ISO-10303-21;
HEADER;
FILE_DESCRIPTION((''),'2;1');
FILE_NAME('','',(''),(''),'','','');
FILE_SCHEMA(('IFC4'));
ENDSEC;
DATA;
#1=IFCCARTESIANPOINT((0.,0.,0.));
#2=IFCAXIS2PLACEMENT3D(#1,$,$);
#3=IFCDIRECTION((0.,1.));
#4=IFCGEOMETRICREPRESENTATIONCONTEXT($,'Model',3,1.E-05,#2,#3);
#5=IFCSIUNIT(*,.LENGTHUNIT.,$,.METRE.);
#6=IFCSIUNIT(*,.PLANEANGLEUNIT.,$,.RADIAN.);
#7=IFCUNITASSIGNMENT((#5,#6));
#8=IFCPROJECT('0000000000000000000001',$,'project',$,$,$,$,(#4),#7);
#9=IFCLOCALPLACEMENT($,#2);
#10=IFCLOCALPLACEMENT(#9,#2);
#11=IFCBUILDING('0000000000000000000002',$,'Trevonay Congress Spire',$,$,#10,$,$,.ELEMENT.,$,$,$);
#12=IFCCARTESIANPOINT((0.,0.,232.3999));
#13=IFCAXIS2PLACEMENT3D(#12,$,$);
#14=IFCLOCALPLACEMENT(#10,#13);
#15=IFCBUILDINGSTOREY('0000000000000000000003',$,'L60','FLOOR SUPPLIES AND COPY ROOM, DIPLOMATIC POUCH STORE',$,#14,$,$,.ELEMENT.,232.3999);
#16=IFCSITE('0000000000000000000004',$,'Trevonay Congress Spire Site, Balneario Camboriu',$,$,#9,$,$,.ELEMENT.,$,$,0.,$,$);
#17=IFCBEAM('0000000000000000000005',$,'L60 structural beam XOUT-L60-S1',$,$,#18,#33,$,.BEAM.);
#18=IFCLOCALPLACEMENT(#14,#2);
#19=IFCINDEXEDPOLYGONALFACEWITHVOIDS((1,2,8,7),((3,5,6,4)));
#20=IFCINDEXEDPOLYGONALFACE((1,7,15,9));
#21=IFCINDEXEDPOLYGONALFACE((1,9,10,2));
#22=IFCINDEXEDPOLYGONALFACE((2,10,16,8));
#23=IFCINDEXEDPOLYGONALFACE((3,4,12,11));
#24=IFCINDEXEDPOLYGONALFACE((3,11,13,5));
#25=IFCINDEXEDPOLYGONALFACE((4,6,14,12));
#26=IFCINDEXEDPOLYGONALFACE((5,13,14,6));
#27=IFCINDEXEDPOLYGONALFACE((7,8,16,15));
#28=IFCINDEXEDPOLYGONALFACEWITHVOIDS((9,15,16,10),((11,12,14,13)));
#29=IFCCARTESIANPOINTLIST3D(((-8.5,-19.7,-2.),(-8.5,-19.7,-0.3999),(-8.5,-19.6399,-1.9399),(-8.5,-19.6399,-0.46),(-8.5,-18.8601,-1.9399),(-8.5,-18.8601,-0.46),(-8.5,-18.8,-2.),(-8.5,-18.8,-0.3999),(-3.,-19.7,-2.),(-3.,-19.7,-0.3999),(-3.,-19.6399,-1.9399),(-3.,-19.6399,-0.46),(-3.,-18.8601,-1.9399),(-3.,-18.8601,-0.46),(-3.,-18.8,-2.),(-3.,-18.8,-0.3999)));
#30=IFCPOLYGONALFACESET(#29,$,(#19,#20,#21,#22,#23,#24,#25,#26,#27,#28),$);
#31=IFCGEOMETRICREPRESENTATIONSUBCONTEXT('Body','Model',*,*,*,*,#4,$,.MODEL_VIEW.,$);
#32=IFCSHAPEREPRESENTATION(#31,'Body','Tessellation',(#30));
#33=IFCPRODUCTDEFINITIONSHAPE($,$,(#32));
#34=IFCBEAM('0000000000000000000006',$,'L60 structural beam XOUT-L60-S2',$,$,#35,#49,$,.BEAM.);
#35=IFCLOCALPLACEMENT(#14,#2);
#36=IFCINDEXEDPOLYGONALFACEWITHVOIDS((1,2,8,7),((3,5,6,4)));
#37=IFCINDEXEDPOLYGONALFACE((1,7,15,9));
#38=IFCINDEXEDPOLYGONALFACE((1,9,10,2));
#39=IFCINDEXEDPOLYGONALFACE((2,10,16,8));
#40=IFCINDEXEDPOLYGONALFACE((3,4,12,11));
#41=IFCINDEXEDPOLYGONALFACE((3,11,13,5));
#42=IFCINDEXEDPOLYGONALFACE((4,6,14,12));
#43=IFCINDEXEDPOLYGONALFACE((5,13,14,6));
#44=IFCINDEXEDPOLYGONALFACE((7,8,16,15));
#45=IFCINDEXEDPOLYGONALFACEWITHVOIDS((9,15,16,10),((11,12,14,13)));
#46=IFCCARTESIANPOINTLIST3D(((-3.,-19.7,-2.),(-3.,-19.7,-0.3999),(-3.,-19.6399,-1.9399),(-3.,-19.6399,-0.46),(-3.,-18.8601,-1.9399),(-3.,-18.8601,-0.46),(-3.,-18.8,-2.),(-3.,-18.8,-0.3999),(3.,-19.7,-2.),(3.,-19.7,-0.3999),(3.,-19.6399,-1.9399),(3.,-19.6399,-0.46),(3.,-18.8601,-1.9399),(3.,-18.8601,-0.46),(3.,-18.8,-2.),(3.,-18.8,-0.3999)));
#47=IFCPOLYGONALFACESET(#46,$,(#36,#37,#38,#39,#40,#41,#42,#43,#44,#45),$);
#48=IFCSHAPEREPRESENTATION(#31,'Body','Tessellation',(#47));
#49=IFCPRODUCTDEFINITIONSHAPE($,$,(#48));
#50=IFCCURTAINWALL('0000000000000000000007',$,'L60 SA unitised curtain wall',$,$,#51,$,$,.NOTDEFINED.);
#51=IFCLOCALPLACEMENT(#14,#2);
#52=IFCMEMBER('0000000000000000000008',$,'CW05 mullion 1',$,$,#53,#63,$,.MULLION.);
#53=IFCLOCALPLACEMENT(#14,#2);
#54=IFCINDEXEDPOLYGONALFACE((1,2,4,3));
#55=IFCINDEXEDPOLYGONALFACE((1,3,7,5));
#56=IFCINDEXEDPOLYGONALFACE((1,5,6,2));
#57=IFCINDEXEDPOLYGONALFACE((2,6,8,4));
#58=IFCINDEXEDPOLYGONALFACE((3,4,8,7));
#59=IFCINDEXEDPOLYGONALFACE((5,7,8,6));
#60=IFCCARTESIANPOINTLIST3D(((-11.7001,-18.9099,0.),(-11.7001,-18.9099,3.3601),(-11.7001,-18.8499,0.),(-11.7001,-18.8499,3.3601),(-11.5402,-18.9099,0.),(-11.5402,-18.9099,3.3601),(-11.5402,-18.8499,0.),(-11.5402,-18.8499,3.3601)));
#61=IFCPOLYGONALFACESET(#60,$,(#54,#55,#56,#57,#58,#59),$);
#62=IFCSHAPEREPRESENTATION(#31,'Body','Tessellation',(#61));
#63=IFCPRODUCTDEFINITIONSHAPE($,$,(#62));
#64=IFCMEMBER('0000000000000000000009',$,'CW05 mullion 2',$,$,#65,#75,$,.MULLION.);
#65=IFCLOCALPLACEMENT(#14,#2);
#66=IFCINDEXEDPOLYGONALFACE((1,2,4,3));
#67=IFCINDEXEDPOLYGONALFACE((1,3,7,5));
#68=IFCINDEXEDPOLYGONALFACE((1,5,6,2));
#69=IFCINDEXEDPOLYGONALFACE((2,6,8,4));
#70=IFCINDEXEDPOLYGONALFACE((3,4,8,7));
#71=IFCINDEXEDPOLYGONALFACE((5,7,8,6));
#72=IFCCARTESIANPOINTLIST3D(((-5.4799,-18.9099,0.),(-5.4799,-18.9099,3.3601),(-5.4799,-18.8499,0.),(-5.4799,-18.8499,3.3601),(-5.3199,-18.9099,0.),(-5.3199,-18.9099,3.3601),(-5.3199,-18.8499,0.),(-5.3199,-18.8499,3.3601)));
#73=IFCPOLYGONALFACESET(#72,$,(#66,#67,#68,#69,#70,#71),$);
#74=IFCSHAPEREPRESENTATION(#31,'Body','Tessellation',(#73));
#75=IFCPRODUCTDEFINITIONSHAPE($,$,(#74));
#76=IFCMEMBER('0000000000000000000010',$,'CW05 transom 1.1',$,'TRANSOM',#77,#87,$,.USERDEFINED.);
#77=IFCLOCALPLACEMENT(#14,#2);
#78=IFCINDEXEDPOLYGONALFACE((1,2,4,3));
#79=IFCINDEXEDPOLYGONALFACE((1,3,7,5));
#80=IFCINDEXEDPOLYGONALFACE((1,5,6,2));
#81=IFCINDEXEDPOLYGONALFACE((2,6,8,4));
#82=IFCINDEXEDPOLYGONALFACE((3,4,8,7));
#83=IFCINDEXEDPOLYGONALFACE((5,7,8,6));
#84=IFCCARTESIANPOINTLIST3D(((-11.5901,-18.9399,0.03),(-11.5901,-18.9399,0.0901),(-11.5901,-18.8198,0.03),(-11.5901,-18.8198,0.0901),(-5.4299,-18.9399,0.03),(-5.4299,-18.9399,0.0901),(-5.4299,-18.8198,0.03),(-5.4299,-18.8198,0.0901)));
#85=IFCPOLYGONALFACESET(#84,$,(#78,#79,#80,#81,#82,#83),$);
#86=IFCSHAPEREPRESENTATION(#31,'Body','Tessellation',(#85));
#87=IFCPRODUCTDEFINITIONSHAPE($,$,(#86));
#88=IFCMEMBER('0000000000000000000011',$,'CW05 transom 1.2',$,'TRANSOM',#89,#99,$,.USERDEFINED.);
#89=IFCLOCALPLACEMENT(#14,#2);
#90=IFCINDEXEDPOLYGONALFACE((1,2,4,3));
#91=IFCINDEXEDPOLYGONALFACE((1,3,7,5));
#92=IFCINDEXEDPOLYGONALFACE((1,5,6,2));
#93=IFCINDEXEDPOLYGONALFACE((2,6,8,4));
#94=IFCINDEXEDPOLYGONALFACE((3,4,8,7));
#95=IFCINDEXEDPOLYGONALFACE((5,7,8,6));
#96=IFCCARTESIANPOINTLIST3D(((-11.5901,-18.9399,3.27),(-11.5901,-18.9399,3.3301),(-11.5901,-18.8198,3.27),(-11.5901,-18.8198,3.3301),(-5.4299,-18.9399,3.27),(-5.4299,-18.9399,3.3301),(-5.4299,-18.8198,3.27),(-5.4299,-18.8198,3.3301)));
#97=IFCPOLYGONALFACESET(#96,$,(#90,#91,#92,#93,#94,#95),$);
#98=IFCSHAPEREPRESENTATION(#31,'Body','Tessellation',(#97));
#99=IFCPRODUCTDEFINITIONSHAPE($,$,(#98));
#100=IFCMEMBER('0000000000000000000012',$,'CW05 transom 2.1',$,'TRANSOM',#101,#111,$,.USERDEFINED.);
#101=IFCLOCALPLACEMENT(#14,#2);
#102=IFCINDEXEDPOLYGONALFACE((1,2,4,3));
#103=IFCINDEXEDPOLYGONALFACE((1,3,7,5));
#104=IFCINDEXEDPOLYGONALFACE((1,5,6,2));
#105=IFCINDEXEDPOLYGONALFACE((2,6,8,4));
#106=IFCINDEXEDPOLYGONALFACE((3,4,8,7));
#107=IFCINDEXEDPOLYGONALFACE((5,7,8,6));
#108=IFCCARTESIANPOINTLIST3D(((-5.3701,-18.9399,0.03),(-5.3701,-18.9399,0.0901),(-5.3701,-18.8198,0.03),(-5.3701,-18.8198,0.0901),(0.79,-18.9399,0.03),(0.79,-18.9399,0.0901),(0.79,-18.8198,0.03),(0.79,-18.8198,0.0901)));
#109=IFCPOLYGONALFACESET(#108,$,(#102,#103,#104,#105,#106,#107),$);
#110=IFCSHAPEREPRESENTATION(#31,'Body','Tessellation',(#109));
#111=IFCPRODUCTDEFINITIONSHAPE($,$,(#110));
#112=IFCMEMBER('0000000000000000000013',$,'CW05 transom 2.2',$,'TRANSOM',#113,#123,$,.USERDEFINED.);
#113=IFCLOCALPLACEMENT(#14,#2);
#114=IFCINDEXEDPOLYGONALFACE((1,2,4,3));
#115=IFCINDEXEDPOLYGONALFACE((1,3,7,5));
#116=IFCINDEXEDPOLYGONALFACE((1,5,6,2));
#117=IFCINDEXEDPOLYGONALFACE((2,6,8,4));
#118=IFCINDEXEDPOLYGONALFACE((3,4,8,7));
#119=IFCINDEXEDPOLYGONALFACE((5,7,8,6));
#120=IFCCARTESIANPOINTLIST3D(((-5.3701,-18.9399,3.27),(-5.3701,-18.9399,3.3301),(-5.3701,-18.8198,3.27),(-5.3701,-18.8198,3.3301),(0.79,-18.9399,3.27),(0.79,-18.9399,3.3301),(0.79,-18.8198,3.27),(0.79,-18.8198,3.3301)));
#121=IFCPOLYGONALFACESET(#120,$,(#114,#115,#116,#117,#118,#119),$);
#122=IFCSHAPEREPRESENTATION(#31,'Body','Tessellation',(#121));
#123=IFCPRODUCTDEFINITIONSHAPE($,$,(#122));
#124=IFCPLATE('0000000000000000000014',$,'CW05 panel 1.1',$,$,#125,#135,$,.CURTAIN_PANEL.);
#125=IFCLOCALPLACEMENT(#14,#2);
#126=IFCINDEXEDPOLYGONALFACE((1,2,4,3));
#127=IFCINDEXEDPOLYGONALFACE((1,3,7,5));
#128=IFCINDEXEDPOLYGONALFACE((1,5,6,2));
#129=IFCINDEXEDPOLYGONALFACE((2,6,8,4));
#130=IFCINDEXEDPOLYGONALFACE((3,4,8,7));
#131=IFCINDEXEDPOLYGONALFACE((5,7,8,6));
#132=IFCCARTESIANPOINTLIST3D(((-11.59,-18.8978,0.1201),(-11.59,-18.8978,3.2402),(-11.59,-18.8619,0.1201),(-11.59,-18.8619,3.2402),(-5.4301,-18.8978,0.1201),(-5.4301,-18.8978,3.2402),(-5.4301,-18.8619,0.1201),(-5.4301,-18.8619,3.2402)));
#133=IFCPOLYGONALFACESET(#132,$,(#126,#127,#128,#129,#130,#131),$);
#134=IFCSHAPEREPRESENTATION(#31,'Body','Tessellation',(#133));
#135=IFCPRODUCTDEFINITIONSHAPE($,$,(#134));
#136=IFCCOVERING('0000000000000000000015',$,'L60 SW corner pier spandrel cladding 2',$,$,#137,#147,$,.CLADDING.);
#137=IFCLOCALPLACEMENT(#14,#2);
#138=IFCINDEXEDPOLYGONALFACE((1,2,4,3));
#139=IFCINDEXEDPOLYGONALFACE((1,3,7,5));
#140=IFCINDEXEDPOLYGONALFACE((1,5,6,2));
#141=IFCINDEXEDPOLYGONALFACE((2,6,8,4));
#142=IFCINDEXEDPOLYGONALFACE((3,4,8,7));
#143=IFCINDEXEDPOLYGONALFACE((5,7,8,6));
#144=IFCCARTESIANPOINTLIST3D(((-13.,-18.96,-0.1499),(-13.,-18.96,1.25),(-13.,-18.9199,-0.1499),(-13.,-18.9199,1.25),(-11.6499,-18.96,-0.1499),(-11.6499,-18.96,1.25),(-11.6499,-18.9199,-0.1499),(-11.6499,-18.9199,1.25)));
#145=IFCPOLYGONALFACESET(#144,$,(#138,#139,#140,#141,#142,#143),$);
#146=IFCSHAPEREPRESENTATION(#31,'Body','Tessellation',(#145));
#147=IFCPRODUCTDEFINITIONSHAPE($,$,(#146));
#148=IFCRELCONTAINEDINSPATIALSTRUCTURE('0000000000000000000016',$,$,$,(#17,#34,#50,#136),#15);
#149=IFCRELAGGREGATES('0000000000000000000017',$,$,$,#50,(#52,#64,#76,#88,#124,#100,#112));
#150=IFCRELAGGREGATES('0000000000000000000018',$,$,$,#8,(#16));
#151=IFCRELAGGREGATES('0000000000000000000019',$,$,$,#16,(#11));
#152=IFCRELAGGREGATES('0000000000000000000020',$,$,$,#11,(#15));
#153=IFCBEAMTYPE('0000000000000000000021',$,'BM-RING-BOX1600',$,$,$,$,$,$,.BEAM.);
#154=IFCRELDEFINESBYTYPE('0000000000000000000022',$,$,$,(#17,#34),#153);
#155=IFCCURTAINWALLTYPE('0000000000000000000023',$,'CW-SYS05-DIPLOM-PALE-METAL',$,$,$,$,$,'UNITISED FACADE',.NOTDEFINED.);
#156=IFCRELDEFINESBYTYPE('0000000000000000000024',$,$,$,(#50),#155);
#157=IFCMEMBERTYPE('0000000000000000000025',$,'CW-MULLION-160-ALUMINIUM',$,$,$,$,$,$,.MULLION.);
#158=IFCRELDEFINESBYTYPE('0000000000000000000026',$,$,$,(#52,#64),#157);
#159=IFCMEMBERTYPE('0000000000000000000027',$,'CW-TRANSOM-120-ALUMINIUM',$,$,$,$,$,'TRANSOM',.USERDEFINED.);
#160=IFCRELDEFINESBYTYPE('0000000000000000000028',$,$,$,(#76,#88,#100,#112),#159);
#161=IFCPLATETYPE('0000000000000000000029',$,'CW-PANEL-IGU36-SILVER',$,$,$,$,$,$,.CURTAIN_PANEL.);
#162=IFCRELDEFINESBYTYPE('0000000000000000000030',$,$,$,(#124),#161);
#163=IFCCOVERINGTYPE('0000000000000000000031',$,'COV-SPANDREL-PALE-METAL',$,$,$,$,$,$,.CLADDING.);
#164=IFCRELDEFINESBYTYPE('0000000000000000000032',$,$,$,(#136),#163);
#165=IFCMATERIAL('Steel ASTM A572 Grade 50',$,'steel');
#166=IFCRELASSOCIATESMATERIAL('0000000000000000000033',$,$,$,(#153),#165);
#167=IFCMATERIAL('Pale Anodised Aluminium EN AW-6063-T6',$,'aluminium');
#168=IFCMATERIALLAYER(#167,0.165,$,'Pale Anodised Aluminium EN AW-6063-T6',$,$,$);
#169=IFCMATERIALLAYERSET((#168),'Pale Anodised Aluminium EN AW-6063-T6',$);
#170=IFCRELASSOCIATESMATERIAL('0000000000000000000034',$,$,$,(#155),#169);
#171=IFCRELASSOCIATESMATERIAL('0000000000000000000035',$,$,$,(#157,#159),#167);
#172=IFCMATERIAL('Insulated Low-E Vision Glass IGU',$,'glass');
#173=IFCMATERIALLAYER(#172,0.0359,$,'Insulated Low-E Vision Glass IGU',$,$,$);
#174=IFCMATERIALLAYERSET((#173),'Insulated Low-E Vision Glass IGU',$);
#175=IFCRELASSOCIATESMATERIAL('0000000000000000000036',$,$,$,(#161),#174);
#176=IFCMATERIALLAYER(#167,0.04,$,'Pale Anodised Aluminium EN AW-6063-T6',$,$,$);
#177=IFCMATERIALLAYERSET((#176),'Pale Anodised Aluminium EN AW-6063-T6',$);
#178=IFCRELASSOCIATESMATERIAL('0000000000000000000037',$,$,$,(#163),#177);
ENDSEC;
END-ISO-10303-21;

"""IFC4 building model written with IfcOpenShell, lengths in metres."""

from ifc_helpers import new_model, si_unit, direction, frame, frame_2d, origin, origin_2d, place, context, subcontext, project, spatial, rectangle, hollow_rectangle, extrude, material, layer, layer_set, material_profile, profile_set, type_object, element, aggregate, save


model = new_model("IFC4")

# Units and contexts
model_context = context("Model", 3, precision=1e-05, world=origin(), true_north=direction((0.0, 1.0)))
body_context = subcontext(model_context, "Body", "Model", "MODEL_VIEW")
ifc_project = project(units=[si_unit("LENGTHUNIT", "METRE"), si_unit("PLANEANGLEUNIT", "RADIAN")], contexts=[model_context])

# Site, building, storey
site_placement = place(None, origin())
site = spatial("IfcSite", under=ifc_project, at=site_placement, Name="Trevonay Congress Spire Site, Balneario Camboriu", CompositionType="ELEMENT", RefElevation=0.0)
building_placement = place(site_placement, origin())
building = spatial("IfcBuilding", under=site, at=building_placement, Name="Trevonay Congress Spire", CompositionType="ELEMENT")
storey_placement = place(building_placement, frame((0.0, 0.0, 232.3999)))
storey = spatial("IfcBuildingStorey", under=building, at=storey_placement, Name="L60", Description="FLOOR SUPPLIES AND COPY ROOM, DIPLOMATIC POUCH STORE", CompositionType="ELEMENT", Elevation=232.3999)

# Beams
ifc_material_1 = material(Name="Steel ASTM A572 Grade 50", Category="steel")
ifc_material_profile_1 = material_profile(ifc_material_1, hollow_rectangle(XDim=0.8999, YDim=1.6001, WallThickness=0.0601, at=origin_2d()), Name="BOX 1600x900x60")
ifc_profile_set_1 = profile_set([ifc_material_profile_1], Name="Steel ASTM A572 Grade 50")
beam_type = type_object("IfcBeamType", Name="BM-RING-BOX1600", PredefinedType="BEAM", material=ifc_profile_set_1)
beam_1_placement = place(storey_placement, frame((-8.5, -19.25, -1.2), z_axis=(1.0, 0.0, 0.0), x_axis=(0.0, 1.0, 0.0)))
element("IfcBeam", 1, at=beam_1_placement, inside=storey, type_object=beam_type, Name="L60 structural beam XOUT-L60-S1", PredefinedType="BEAM", context=body_context, shape_type="SweptSolid", body=[
    extrude(hollow_rectangle(XDim=0.8999, YDim=1.6001, WallThickness=0.0601, at=origin_2d()), origin(), (0.0, 0.0, 1.0), 5.5),
])
beam_2_placement = place(storey_placement, frame((-3.0, -19.25, -1.2), z_axis=(1.0, 0.0, 0.0), x_axis=(0.0, 1.0, 0.0)))
element("IfcBeam", 2, at=beam_2_placement, inside=storey, type_object=beam_type, Name="L60 structural beam XOUT-L60-S2", PredefinedType="BEAM", context=body_context, shape_type="SweptSolid", body=[
    extrude(hollow_rectangle(XDim=0.8999, YDim=1.6001, WallThickness=0.0601, at=origin_2d()), origin(), (0.0, 0.0, 1.0), 6.0),
])

# Curtain wall, members, plate
ifc_material_2 = material(Name="Pale Anodised Aluminium EN AW-6063-T6", Category="aluminium")
ifc_layer_1 = layer(ifc_material_2, 0.165, Name="Pale Anodised Aluminium EN AW-6063-T6")
ifc_layer_set_1 = layer_set([ifc_layer_1], Name="Pale Anodised Aluminium EN AW-6063-T6")
curtain_wall_type = type_object("IfcCurtainWallType", Name="CW-SYS05-DIPLOM-PALE-METAL", ElementType="UNITISED FACADE", PredefinedType="NOTDEFINED", material=ifc_layer_set_1)
curtain_wall_placement = place(storey_placement, origin())
curtain_wall = element("IfcCurtainWall", 3, at=curtain_wall_placement, inside=storey, type_object=curtain_wall_type, Name="L60 SA unitised curtain wall", PredefinedType="NOTDEFINED")
ifc_material_profile_2 = material_profile(ifc_material_2, rectangle(XDim=0.0601, YDim=0.1599, at=origin_2d()), Name="CW-MULLION-160-ALUMINIUM")
ifc_profile_set_2 = profile_set([ifc_material_profile_2], Name="Pale Anodised Aluminium EN AW-6063-T6")
member_type_1 = type_object("IfcMemberType", Name="CW-MULLION-160-ALUMINIUM", PredefinedType="MULLION", material=ifc_profile_set_2)
member_1_placement = place(storey_placement, frame((-11.6201, -18.8799, 0.0), z_axis=(0.0, 0.0, 1.0), x_axis=(0.0, 1.0, 0.0)))
member_1 = element("IfcMember", 4, at=member_1_placement, type_object=member_type_1, Name="CW05 mullion 1", PredefinedType="MULLION", context=body_context, shape_type="SweptSolid", body=[
    extrude(rectangle(XDim=0.0601, YDim=0.1599, at=origin_2d()), origin(), (0.0, 0.0, 1.0), 3.3601),
])
member_2_placement = place(storey_placement, frame((-5.3999, -18.8799, 0.0), z_axis=(0.0, 0.0, 1.0), x_axis=(0.0, 1.0, 0.0)))
member_2 = element("IfcMember", 5, at=member_2_placement, type_object=member_type_1, Name="CW05 mullion 2", PredefinedType="MULLION", context=body_context, shape_type="SweptSolid", body=[
    extrude(rectangle(XDim=0.0601, YDim=0.1599, at=origin_2d()), origin(), (0.0, 0.0, 1.0), 3.3601),
])
ifc_material_profile_3 = material_profile(ifc_material_2, rectangle(XDim=0.1201, YDim=0.0601, at=origin_2d()), Name="CW-TRANSOM-120-ALUMINIUM")
ifc_profile_set_3 = profile_set([ifc_material_profile_3], Name="Pale Anodised Aluminium EN AW-6063-T6")
member_type_2 = type_object("IfcMemberType", Name="CW-TRANSOM-120-ALUMINIUM", ElementType="TRANSOM", PredefinedType="USERDEFINED", material=ifc_profile_set_3)
member_3_placement = place(storey_placement, frame((-11.5901, -18.8799, 0.0601), z_axis=(1.0, 0.0, 0.0), x_axis=(0.0, 1.0, 0.0)))
member_3 = element("IfcMember", 6, at=member_3_placement, type_object=member_type_2, Name="CW05 transom 1.1", ObjectType="TRANSOM", PredefinedType="USERDEFINED", context=body_context, shape_type="SweptSolid", body=[
    extrude(rectangle(XDim=0.1201, YDim=0.0601, at=origin_2d()), origin(), (0.0, 0.0, 1.0), 6.1602),
])
member_4_placement = place(storey_placement, frame((-11.5901, -18.8799, 3.3), z_axis=(1.0, 0.0, 0.0), x_axis=(0.0, 1.0, 0.0)))
member_4 = element("IfcMember", 7, at=member_4_placement, type_object=member_type_2, Name="CW05 transom 1.2", ObjectType="TRANSOM", PredefinedType="USERDEFINED", context=body_context, shape_type="SweptSolid", body=[
    extrude(rectangle(XDim=0.1201, YDim=0.0601, at=origin_2d()), origin(), (0.0, 0.0, 1.0), 6.1602),
])
member_5_placement = place(storey_placement, frame((-5.3701, -18.8799, 0.0601), z_axis=(1.0, 0.0, 0.0), x_axis=(0.0, 1.0, 0.0)))
member_5 = element("IfcMember", 8, at=member_5_placement, type_object=member_type_2, Name="CW05 transom 2.1", ObjectType="TRANSOM", PredefinedType="USERDEFINED", context=body_context, shape_type="SweptSolid", body=[
    extrude(rectangle(XDim=0.1201, YDim=0.0601, at=origin_2d()), origin(), (0.0, 0.0, 1.0), 6.1602),
])
member_6_placement = place(storey_placement, frame((-5.3701, -18.8799, 3.3), z_axis=(1.0, 0.0, 0.0), x_axis=(0.0, 1.0, 0.0)))
member_6 = element("IfcMember", 9, at=member_6_placement, type_object=member_type_2, Name="CW05 transom 2.2", ObjectType="TRANSOM", PredefinedType="USERDEFINED", context=body_context, shape_type="SweptSolid", body=[
    extrude(rectangle(XDim=0.1201, YDim=0.0601, at=origin_2d()), origin(), (0.0, 0.0, 1.0), 6.1602),
])
ifc_material_3 = material(Name="Insulated Low-E Vision Glass IGU", Category="glass")
ifc_layer_2 = layer(ifc_material_3, 0.0359, Name="Insulated Low-E Vision Glass IGU")
ifc_layer_set_2 = layer_set([ifc_layer_2], Name="Insulated Low-E Vision Glass IGU")
plate_type = type_object("IfcPlateType", Name="CW-PANEL-IGU36-SILVER", PredefinedType="CURTAIN_PANEL", material=ifc_layer_set_2)
plate_placement = place(storey_placement, frame((-8.51, -18.8799, 0.1201), z_axis=(0.0, 0.0, 1.0), x_axis=(1.0, 0.0, 0.0)))
plate = element("IfcPlate", 10, at=plate_placement, type_object=plate_type, Name="CW05 panel 1.1", PredefinedType="CURTAIN_PANEL", context=body_context, shape_type="SweptSolid", body=[
    extrude(rectangle(XDim=6.1599, YDim=0.0359, at=origin_2d()), origin(), (0.0, 0.0, 1.0), 3.1201),
])
aggregate(curtain_wall, [member_1, member_2, member_3, member_4, plate, member_5, member_6])

# Covering
ifc_layer_3 = layer(ifc_material_2, 0.04, Name="Pale Anodised Aluminium EN AW-6063-T6")
ifc_layer_set_3 = layer_set([ifc_layer_3], Name="Pale Anodised Aluminium EN AW-6063-T6")
covering_type = type_object("IfcCoveringType", Name="COV-SPANDREL-PALE-METAL", PredefinedType="CLADDING", material=ifc_layer_set_3)
covering_placement = place(storey_placement, frame((-11.6499, -18.9399, -0.1499), z_axis=(0.0, 0.0, 1.0), x_axis=(-1.0, 0.0, 0.0)))
element("IfcCovering", 11, at=covering_placement, inside=storey, type_object=covering_type, Name="L60 SW corner pier spandrel cladding 2", PredefinedType="CLADDING", context=body_context, shape_type="SweptSolid", body=[
    extrude(rectangle(XDim=1.3501, YDim=0.04, at=frame_2d((0.675, 0.0))), origin(), (0.0, 0.0, 1.0), 1.3999),
])

save(model, "model.ifc")
